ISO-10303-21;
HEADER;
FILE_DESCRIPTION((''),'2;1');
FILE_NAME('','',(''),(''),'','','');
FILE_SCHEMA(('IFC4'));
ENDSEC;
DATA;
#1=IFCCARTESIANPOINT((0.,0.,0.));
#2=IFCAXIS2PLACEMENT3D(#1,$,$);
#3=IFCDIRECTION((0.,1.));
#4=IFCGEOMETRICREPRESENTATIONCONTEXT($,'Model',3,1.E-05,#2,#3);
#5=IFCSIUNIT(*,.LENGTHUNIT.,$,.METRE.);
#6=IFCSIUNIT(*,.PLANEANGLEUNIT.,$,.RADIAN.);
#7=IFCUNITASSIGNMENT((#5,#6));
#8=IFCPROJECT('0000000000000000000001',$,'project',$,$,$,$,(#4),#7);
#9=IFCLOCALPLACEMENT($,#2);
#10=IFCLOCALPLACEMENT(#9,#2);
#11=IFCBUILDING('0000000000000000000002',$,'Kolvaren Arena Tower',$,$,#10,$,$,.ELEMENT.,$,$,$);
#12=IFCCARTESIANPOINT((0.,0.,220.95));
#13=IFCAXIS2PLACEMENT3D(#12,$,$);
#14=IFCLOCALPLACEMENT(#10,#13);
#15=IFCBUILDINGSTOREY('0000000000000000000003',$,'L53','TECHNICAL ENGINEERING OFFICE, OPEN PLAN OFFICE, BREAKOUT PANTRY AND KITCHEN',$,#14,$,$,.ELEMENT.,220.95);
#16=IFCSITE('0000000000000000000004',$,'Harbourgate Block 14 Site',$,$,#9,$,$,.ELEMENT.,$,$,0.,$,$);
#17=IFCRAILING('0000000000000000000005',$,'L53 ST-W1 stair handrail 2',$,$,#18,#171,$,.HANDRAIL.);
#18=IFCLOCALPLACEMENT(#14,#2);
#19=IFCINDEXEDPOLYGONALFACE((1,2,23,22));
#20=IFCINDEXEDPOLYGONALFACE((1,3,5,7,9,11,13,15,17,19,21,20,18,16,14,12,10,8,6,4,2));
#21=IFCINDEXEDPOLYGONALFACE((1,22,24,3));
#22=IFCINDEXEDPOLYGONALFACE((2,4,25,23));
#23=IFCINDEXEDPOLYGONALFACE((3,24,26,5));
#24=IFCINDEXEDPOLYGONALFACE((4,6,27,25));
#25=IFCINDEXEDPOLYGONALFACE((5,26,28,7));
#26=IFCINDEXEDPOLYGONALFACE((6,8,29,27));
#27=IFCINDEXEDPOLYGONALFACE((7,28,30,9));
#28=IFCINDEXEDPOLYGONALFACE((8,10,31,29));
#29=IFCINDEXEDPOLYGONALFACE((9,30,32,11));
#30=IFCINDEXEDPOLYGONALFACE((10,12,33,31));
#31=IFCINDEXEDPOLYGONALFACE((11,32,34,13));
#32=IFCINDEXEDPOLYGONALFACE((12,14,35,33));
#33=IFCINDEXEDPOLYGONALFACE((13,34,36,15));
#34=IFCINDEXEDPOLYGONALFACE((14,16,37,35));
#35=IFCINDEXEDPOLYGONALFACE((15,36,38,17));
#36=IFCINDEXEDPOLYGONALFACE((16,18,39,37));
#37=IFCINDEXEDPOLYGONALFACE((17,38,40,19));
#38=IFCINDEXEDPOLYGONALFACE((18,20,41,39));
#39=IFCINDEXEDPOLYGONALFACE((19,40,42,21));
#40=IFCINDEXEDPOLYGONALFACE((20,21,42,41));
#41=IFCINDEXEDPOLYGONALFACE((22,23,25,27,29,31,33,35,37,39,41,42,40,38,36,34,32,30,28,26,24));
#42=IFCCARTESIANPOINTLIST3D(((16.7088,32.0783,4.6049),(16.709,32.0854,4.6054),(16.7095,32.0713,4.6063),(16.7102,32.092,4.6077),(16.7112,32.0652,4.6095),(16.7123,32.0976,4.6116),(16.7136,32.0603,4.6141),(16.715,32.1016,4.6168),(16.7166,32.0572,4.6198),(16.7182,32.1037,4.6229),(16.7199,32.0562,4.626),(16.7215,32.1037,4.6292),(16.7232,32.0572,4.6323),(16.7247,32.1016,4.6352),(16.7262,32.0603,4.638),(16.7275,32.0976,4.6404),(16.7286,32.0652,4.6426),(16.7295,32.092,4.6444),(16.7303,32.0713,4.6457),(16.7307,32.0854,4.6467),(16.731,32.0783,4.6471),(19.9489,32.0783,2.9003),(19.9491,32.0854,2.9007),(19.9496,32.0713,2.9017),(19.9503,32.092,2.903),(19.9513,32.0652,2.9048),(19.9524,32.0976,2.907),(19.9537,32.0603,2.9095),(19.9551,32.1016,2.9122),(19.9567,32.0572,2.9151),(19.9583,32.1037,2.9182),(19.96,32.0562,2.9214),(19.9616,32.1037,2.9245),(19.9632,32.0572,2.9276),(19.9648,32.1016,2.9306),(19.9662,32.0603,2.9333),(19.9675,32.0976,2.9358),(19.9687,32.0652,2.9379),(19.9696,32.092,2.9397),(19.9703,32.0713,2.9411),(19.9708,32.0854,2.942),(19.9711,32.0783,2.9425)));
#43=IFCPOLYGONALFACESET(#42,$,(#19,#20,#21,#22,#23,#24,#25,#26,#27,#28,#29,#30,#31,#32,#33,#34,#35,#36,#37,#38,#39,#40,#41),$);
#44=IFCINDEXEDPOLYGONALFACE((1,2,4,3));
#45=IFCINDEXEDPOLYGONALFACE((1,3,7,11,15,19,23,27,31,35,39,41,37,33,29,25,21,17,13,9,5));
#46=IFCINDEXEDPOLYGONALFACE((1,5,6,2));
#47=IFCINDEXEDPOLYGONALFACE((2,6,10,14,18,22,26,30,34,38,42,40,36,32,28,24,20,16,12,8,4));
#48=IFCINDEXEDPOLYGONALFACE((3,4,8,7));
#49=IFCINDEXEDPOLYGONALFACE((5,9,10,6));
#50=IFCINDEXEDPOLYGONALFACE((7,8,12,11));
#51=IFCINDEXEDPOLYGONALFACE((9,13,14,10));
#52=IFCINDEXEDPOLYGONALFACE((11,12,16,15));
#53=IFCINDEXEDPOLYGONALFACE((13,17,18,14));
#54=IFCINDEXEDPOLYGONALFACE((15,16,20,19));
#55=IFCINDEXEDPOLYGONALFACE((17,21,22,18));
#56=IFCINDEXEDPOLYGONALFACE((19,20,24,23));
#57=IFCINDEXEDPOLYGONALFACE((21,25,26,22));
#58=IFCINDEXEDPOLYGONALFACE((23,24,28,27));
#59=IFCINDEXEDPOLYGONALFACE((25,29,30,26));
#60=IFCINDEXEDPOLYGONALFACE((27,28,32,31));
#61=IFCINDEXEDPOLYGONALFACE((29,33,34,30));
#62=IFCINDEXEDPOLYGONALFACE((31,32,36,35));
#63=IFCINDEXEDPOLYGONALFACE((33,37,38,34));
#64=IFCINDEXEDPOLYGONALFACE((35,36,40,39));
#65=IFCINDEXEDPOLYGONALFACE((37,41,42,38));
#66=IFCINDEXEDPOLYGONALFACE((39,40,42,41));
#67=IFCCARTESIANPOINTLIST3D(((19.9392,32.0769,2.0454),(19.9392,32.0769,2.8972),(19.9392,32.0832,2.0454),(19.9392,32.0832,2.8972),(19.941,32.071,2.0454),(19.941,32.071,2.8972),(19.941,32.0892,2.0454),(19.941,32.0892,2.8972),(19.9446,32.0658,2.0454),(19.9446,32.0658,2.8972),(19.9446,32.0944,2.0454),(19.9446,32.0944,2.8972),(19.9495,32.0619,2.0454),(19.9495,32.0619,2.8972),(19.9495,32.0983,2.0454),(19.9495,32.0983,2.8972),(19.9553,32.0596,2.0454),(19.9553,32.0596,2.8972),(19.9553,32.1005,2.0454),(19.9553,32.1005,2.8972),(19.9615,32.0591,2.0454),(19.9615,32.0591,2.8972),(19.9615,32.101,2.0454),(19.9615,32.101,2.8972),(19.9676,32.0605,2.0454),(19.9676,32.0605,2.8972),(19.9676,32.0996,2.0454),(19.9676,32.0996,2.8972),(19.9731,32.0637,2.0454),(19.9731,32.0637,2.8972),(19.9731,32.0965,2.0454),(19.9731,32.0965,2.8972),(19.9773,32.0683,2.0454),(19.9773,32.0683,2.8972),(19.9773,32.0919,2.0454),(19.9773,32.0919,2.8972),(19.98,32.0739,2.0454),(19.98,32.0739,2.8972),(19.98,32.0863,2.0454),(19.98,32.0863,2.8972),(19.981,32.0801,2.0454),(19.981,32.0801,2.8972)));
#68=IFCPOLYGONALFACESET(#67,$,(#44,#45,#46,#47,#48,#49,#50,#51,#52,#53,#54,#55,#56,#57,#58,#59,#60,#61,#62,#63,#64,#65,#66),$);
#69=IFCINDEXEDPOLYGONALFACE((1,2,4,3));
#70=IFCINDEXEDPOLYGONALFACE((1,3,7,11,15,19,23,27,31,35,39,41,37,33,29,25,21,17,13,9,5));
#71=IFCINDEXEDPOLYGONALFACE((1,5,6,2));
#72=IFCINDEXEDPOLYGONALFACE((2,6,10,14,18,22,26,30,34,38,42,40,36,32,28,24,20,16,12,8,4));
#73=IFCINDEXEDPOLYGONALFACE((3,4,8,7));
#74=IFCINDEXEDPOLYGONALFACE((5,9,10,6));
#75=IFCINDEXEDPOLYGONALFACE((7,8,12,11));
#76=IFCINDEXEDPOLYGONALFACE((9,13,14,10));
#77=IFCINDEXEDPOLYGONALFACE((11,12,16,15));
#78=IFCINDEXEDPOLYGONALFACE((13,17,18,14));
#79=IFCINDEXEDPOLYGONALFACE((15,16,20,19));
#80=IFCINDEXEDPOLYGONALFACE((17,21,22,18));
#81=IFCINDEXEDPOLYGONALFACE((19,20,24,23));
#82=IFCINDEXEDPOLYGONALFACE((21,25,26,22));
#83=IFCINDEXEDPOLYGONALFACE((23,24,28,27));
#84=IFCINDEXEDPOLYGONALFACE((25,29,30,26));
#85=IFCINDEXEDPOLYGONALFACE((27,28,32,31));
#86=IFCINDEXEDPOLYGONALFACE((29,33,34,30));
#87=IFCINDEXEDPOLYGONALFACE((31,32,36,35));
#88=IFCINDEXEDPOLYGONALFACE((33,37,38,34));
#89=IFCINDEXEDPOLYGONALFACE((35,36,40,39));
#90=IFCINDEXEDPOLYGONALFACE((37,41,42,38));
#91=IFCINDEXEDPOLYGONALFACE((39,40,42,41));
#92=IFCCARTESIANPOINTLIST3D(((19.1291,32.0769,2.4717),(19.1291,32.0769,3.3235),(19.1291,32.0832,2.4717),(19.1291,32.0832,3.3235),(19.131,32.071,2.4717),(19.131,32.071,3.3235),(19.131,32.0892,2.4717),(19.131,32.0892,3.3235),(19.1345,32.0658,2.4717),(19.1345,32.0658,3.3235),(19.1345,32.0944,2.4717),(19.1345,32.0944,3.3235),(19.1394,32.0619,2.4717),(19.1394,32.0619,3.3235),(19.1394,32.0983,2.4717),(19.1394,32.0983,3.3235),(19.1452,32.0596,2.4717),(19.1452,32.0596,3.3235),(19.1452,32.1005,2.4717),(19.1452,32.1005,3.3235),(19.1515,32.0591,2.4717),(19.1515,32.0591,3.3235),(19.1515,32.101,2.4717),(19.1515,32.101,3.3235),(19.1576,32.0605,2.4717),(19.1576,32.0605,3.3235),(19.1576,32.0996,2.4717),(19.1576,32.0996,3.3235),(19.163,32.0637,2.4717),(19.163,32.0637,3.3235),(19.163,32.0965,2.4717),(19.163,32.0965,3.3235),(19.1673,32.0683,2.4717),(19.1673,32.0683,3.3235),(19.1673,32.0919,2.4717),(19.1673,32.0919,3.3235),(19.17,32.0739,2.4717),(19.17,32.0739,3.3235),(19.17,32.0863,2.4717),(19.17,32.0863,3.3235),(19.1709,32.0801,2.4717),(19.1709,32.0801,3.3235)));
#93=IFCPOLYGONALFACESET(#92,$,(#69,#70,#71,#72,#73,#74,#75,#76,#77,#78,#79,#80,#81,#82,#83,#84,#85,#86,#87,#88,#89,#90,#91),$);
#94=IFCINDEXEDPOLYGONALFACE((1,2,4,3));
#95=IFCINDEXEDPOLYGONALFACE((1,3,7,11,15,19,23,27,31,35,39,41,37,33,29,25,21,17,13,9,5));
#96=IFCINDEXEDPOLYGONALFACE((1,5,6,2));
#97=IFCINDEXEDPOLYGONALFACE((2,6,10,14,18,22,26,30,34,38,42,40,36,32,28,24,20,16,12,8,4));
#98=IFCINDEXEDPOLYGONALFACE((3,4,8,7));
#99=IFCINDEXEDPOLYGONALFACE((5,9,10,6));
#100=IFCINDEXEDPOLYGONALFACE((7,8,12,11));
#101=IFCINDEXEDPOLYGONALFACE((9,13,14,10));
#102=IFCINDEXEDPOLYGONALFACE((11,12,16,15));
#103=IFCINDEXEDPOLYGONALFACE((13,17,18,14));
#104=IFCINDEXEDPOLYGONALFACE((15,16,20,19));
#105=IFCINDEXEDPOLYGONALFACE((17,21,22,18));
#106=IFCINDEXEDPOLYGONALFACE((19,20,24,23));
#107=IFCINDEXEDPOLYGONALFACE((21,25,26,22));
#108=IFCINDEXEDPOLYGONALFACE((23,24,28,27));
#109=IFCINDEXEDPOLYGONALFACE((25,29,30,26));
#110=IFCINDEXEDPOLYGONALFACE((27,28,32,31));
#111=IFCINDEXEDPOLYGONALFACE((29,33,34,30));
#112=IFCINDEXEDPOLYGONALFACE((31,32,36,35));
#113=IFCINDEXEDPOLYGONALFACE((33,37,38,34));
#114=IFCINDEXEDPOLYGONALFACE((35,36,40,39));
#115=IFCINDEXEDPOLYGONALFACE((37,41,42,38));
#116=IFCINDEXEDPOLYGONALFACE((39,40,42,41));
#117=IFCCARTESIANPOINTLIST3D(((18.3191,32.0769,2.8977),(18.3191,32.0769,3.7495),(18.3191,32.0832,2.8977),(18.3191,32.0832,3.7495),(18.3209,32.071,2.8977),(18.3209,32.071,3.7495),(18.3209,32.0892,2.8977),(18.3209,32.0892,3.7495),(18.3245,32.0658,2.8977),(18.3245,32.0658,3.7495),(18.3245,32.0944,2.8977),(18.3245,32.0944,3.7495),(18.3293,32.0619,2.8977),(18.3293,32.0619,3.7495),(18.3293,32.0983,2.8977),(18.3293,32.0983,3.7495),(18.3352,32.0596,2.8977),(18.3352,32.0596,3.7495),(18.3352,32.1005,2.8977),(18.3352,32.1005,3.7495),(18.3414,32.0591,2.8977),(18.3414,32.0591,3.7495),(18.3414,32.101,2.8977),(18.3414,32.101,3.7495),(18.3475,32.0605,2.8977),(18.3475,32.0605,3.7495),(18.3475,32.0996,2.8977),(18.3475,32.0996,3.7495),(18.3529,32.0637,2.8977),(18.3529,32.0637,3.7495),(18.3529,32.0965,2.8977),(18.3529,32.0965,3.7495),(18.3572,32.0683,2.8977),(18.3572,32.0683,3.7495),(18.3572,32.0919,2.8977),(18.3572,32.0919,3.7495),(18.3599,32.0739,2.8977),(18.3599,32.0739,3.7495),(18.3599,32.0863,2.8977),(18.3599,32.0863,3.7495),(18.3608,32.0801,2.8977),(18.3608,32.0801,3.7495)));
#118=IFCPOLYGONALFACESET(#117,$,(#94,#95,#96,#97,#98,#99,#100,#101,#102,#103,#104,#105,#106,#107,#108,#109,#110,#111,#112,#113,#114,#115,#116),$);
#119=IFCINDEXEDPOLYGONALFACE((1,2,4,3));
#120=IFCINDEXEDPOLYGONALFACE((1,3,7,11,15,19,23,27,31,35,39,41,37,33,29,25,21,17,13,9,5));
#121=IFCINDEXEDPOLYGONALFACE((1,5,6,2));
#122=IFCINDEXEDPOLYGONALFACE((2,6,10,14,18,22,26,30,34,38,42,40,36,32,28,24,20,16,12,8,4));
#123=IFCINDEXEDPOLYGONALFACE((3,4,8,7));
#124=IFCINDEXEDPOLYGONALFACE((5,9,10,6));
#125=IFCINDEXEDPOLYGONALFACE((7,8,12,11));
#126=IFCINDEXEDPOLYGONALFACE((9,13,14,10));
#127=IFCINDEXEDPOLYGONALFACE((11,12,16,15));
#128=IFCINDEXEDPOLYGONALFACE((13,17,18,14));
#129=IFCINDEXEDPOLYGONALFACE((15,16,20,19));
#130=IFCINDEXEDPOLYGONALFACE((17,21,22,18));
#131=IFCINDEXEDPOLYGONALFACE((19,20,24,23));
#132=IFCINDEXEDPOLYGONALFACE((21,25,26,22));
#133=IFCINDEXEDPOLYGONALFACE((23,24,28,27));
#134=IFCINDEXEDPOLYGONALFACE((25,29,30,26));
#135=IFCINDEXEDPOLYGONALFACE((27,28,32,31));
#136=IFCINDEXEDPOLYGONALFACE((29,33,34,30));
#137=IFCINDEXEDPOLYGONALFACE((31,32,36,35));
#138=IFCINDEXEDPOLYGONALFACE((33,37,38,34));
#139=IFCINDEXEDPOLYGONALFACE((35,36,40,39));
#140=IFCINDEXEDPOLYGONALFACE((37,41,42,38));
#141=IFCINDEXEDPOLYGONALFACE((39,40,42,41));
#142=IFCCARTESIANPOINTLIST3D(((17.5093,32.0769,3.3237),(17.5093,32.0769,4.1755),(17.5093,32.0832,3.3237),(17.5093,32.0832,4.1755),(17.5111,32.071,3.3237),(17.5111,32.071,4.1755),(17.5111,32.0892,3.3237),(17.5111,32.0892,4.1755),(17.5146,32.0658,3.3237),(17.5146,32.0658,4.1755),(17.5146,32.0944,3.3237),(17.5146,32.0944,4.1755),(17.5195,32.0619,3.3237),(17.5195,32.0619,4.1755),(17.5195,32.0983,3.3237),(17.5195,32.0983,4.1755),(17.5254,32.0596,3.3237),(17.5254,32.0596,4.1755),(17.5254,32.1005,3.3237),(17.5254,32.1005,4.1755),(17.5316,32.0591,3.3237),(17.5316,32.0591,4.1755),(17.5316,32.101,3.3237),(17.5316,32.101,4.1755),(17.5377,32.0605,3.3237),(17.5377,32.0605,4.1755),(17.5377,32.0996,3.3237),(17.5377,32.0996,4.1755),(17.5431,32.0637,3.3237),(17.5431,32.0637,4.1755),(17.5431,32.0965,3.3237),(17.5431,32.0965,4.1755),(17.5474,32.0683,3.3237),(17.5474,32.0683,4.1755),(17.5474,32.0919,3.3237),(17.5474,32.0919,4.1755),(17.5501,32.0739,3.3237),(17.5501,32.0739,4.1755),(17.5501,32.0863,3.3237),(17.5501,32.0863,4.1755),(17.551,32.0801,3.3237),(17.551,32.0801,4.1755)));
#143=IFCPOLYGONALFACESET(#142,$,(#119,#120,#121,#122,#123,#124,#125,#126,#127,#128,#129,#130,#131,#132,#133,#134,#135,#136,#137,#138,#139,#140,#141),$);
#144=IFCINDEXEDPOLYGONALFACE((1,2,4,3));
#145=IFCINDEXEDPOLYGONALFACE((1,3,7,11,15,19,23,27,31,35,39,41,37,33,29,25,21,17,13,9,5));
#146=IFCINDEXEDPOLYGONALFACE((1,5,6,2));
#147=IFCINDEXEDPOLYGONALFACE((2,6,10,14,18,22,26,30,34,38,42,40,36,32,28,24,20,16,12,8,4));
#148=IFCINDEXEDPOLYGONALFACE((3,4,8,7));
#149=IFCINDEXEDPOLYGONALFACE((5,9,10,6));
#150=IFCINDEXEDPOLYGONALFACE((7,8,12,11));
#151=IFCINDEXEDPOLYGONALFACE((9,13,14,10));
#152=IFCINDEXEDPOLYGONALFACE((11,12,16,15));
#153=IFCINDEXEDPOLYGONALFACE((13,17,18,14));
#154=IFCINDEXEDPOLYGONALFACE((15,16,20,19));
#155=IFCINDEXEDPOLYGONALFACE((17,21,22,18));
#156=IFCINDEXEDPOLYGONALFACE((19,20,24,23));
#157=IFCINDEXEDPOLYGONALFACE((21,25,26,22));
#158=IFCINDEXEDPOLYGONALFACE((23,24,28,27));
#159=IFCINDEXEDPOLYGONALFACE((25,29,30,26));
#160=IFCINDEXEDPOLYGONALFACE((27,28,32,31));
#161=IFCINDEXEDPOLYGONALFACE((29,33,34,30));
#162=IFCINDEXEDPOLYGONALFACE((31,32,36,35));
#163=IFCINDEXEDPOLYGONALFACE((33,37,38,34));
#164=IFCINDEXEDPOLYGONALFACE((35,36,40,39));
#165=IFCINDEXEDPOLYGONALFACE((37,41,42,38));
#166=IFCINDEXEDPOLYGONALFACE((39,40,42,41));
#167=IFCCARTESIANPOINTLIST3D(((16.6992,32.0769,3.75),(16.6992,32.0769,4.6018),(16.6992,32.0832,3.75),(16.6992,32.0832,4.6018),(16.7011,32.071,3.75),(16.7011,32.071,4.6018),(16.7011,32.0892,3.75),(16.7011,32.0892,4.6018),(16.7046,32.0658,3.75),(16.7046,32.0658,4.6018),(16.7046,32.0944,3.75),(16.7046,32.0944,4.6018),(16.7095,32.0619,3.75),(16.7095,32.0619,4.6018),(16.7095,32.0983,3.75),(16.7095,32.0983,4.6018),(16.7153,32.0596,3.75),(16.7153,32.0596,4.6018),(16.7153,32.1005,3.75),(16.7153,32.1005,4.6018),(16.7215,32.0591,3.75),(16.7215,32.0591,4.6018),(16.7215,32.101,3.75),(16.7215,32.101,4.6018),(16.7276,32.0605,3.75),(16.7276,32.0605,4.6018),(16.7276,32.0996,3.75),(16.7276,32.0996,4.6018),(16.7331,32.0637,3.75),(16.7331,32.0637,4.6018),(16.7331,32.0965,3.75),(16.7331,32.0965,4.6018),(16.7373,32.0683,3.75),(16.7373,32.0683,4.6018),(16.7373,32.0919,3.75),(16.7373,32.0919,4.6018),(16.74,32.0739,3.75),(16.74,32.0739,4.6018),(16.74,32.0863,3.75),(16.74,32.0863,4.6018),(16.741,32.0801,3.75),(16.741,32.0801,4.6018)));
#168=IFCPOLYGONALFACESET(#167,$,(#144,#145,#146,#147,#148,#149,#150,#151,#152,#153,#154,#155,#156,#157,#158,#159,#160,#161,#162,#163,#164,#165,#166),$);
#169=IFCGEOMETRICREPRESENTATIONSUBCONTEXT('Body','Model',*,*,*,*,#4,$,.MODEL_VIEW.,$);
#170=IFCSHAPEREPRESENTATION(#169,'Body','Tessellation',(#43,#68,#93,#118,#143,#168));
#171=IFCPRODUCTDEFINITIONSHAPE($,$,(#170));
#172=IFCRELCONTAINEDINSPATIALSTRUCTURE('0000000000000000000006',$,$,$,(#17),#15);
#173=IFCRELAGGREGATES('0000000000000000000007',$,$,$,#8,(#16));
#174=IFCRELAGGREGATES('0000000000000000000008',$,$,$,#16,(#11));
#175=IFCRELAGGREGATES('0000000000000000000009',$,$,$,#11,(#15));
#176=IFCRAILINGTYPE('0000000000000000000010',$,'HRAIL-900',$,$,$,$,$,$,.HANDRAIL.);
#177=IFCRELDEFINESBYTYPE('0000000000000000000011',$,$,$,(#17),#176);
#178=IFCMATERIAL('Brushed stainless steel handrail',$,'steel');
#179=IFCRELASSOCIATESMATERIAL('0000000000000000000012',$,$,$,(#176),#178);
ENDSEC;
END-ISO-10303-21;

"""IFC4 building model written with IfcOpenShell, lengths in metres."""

from ifc_helpers import new_model, si_unit, direction, frame, origin, origin_2d, place, context, subcontext, project, spatial, circle, extrude, material, type_object, element, save


model = new_model("IFC4")

# Units and contexts
model_context = context("Model", 3, precision=1e-05, world=origin(), true_north=direction((0.0, 1.0)))
body_context = subcontext(model_context, "Body", "Model", "MODEL_VIEW")
ifc_project = project(units=[si_unit("LENGTHUNIT", "METRE"), si_unit("PLANEANGLEUNIT", "RADIAN")], contexts=[model_context])

# Site, building, storey
site_placement = place(None, origin())
site = spatial("IfcSite", under=ifc_project, at=site_placement, Name="Harbourgate Block 14 Site", CompositionType="ELEMENT", RefElevation=0.0)
building_placement = place(site_placement, origin())
building = spatial("IfcBuilding", under=site, at=building_placement, Name="Kolvaren Arena Tower", CompositionType="ELEMENT")
storey_placement = place(building_placement, frame((0.0, 0.0, 220.95)))
storey = spatial("IfcBuildingStorey", under=building, at=storey_placement, Name="L53", Description="TECHNICAL ENGINEERING OFFICE, OPEN PLAN OFFICE, BREAKOUT PANTRY AND KITCHEN", CompositionType="ELEMENT", Elevation=220.95)

# Railing
ifc_material_1 = material(Name="Brushed stainless steel handrail", Category="steel")
railing_type_1 = type_object("IfcRailingType", Name="HRAIL-900", PredefinedType="HANDRAIL", material=ifc_material_1)
railing_1_placement = place(storey_placement, frame((19.96, 32.0801, 2.0454)))
element("IfcRailing", 1, at=railing_1_placement, inside=storey, type_object=railing_type_1, Name="L53 ST-W1 stair handrail 2", PredefinedType="HANDRAIL", context=body_context, shape_type="SweptSolid", body=[
    extrude(circle(Radius=0.0239, at=origin_2d()), frame((0.0, 0.0, 0.876), z_axis=(-0.884993, 0.0, 0.465604), x_axis=(0.0, -1.0, 0.0)), (0.0, 0.0, 1.0), 3.6611),
    extrude(circle(Radius=0.021, at=origin_2d()), origin(), (0.0, 0.0, 1.0), 0.8518),
    extrude(circle(Radius=0.021, at=origin_2d()), frame((-0.8101, 0.0, 0.4263)), (0.0, 0.0, 1.0), 0.8518),
    extrude(circle(Radius=0.021, at=origin_2d()), frame((-1.6201, 0.0, 0.8523)), (0.0, 0.0, 1.0), 0.8518),
    extrude(circle(Radius=0.021, at=origin_2d()), frame((-2.4299, 0.0, 1.2783)), (0.0, 0.0, 1.0), 0.8518),
    extrude(circle(Radius=0.021, at=origin_2d()), frame((-3.24, 0.0, 1.7046)), (0.0, 0.0, 1.0), 0.8518),
])

save(model, "model.ifc")
